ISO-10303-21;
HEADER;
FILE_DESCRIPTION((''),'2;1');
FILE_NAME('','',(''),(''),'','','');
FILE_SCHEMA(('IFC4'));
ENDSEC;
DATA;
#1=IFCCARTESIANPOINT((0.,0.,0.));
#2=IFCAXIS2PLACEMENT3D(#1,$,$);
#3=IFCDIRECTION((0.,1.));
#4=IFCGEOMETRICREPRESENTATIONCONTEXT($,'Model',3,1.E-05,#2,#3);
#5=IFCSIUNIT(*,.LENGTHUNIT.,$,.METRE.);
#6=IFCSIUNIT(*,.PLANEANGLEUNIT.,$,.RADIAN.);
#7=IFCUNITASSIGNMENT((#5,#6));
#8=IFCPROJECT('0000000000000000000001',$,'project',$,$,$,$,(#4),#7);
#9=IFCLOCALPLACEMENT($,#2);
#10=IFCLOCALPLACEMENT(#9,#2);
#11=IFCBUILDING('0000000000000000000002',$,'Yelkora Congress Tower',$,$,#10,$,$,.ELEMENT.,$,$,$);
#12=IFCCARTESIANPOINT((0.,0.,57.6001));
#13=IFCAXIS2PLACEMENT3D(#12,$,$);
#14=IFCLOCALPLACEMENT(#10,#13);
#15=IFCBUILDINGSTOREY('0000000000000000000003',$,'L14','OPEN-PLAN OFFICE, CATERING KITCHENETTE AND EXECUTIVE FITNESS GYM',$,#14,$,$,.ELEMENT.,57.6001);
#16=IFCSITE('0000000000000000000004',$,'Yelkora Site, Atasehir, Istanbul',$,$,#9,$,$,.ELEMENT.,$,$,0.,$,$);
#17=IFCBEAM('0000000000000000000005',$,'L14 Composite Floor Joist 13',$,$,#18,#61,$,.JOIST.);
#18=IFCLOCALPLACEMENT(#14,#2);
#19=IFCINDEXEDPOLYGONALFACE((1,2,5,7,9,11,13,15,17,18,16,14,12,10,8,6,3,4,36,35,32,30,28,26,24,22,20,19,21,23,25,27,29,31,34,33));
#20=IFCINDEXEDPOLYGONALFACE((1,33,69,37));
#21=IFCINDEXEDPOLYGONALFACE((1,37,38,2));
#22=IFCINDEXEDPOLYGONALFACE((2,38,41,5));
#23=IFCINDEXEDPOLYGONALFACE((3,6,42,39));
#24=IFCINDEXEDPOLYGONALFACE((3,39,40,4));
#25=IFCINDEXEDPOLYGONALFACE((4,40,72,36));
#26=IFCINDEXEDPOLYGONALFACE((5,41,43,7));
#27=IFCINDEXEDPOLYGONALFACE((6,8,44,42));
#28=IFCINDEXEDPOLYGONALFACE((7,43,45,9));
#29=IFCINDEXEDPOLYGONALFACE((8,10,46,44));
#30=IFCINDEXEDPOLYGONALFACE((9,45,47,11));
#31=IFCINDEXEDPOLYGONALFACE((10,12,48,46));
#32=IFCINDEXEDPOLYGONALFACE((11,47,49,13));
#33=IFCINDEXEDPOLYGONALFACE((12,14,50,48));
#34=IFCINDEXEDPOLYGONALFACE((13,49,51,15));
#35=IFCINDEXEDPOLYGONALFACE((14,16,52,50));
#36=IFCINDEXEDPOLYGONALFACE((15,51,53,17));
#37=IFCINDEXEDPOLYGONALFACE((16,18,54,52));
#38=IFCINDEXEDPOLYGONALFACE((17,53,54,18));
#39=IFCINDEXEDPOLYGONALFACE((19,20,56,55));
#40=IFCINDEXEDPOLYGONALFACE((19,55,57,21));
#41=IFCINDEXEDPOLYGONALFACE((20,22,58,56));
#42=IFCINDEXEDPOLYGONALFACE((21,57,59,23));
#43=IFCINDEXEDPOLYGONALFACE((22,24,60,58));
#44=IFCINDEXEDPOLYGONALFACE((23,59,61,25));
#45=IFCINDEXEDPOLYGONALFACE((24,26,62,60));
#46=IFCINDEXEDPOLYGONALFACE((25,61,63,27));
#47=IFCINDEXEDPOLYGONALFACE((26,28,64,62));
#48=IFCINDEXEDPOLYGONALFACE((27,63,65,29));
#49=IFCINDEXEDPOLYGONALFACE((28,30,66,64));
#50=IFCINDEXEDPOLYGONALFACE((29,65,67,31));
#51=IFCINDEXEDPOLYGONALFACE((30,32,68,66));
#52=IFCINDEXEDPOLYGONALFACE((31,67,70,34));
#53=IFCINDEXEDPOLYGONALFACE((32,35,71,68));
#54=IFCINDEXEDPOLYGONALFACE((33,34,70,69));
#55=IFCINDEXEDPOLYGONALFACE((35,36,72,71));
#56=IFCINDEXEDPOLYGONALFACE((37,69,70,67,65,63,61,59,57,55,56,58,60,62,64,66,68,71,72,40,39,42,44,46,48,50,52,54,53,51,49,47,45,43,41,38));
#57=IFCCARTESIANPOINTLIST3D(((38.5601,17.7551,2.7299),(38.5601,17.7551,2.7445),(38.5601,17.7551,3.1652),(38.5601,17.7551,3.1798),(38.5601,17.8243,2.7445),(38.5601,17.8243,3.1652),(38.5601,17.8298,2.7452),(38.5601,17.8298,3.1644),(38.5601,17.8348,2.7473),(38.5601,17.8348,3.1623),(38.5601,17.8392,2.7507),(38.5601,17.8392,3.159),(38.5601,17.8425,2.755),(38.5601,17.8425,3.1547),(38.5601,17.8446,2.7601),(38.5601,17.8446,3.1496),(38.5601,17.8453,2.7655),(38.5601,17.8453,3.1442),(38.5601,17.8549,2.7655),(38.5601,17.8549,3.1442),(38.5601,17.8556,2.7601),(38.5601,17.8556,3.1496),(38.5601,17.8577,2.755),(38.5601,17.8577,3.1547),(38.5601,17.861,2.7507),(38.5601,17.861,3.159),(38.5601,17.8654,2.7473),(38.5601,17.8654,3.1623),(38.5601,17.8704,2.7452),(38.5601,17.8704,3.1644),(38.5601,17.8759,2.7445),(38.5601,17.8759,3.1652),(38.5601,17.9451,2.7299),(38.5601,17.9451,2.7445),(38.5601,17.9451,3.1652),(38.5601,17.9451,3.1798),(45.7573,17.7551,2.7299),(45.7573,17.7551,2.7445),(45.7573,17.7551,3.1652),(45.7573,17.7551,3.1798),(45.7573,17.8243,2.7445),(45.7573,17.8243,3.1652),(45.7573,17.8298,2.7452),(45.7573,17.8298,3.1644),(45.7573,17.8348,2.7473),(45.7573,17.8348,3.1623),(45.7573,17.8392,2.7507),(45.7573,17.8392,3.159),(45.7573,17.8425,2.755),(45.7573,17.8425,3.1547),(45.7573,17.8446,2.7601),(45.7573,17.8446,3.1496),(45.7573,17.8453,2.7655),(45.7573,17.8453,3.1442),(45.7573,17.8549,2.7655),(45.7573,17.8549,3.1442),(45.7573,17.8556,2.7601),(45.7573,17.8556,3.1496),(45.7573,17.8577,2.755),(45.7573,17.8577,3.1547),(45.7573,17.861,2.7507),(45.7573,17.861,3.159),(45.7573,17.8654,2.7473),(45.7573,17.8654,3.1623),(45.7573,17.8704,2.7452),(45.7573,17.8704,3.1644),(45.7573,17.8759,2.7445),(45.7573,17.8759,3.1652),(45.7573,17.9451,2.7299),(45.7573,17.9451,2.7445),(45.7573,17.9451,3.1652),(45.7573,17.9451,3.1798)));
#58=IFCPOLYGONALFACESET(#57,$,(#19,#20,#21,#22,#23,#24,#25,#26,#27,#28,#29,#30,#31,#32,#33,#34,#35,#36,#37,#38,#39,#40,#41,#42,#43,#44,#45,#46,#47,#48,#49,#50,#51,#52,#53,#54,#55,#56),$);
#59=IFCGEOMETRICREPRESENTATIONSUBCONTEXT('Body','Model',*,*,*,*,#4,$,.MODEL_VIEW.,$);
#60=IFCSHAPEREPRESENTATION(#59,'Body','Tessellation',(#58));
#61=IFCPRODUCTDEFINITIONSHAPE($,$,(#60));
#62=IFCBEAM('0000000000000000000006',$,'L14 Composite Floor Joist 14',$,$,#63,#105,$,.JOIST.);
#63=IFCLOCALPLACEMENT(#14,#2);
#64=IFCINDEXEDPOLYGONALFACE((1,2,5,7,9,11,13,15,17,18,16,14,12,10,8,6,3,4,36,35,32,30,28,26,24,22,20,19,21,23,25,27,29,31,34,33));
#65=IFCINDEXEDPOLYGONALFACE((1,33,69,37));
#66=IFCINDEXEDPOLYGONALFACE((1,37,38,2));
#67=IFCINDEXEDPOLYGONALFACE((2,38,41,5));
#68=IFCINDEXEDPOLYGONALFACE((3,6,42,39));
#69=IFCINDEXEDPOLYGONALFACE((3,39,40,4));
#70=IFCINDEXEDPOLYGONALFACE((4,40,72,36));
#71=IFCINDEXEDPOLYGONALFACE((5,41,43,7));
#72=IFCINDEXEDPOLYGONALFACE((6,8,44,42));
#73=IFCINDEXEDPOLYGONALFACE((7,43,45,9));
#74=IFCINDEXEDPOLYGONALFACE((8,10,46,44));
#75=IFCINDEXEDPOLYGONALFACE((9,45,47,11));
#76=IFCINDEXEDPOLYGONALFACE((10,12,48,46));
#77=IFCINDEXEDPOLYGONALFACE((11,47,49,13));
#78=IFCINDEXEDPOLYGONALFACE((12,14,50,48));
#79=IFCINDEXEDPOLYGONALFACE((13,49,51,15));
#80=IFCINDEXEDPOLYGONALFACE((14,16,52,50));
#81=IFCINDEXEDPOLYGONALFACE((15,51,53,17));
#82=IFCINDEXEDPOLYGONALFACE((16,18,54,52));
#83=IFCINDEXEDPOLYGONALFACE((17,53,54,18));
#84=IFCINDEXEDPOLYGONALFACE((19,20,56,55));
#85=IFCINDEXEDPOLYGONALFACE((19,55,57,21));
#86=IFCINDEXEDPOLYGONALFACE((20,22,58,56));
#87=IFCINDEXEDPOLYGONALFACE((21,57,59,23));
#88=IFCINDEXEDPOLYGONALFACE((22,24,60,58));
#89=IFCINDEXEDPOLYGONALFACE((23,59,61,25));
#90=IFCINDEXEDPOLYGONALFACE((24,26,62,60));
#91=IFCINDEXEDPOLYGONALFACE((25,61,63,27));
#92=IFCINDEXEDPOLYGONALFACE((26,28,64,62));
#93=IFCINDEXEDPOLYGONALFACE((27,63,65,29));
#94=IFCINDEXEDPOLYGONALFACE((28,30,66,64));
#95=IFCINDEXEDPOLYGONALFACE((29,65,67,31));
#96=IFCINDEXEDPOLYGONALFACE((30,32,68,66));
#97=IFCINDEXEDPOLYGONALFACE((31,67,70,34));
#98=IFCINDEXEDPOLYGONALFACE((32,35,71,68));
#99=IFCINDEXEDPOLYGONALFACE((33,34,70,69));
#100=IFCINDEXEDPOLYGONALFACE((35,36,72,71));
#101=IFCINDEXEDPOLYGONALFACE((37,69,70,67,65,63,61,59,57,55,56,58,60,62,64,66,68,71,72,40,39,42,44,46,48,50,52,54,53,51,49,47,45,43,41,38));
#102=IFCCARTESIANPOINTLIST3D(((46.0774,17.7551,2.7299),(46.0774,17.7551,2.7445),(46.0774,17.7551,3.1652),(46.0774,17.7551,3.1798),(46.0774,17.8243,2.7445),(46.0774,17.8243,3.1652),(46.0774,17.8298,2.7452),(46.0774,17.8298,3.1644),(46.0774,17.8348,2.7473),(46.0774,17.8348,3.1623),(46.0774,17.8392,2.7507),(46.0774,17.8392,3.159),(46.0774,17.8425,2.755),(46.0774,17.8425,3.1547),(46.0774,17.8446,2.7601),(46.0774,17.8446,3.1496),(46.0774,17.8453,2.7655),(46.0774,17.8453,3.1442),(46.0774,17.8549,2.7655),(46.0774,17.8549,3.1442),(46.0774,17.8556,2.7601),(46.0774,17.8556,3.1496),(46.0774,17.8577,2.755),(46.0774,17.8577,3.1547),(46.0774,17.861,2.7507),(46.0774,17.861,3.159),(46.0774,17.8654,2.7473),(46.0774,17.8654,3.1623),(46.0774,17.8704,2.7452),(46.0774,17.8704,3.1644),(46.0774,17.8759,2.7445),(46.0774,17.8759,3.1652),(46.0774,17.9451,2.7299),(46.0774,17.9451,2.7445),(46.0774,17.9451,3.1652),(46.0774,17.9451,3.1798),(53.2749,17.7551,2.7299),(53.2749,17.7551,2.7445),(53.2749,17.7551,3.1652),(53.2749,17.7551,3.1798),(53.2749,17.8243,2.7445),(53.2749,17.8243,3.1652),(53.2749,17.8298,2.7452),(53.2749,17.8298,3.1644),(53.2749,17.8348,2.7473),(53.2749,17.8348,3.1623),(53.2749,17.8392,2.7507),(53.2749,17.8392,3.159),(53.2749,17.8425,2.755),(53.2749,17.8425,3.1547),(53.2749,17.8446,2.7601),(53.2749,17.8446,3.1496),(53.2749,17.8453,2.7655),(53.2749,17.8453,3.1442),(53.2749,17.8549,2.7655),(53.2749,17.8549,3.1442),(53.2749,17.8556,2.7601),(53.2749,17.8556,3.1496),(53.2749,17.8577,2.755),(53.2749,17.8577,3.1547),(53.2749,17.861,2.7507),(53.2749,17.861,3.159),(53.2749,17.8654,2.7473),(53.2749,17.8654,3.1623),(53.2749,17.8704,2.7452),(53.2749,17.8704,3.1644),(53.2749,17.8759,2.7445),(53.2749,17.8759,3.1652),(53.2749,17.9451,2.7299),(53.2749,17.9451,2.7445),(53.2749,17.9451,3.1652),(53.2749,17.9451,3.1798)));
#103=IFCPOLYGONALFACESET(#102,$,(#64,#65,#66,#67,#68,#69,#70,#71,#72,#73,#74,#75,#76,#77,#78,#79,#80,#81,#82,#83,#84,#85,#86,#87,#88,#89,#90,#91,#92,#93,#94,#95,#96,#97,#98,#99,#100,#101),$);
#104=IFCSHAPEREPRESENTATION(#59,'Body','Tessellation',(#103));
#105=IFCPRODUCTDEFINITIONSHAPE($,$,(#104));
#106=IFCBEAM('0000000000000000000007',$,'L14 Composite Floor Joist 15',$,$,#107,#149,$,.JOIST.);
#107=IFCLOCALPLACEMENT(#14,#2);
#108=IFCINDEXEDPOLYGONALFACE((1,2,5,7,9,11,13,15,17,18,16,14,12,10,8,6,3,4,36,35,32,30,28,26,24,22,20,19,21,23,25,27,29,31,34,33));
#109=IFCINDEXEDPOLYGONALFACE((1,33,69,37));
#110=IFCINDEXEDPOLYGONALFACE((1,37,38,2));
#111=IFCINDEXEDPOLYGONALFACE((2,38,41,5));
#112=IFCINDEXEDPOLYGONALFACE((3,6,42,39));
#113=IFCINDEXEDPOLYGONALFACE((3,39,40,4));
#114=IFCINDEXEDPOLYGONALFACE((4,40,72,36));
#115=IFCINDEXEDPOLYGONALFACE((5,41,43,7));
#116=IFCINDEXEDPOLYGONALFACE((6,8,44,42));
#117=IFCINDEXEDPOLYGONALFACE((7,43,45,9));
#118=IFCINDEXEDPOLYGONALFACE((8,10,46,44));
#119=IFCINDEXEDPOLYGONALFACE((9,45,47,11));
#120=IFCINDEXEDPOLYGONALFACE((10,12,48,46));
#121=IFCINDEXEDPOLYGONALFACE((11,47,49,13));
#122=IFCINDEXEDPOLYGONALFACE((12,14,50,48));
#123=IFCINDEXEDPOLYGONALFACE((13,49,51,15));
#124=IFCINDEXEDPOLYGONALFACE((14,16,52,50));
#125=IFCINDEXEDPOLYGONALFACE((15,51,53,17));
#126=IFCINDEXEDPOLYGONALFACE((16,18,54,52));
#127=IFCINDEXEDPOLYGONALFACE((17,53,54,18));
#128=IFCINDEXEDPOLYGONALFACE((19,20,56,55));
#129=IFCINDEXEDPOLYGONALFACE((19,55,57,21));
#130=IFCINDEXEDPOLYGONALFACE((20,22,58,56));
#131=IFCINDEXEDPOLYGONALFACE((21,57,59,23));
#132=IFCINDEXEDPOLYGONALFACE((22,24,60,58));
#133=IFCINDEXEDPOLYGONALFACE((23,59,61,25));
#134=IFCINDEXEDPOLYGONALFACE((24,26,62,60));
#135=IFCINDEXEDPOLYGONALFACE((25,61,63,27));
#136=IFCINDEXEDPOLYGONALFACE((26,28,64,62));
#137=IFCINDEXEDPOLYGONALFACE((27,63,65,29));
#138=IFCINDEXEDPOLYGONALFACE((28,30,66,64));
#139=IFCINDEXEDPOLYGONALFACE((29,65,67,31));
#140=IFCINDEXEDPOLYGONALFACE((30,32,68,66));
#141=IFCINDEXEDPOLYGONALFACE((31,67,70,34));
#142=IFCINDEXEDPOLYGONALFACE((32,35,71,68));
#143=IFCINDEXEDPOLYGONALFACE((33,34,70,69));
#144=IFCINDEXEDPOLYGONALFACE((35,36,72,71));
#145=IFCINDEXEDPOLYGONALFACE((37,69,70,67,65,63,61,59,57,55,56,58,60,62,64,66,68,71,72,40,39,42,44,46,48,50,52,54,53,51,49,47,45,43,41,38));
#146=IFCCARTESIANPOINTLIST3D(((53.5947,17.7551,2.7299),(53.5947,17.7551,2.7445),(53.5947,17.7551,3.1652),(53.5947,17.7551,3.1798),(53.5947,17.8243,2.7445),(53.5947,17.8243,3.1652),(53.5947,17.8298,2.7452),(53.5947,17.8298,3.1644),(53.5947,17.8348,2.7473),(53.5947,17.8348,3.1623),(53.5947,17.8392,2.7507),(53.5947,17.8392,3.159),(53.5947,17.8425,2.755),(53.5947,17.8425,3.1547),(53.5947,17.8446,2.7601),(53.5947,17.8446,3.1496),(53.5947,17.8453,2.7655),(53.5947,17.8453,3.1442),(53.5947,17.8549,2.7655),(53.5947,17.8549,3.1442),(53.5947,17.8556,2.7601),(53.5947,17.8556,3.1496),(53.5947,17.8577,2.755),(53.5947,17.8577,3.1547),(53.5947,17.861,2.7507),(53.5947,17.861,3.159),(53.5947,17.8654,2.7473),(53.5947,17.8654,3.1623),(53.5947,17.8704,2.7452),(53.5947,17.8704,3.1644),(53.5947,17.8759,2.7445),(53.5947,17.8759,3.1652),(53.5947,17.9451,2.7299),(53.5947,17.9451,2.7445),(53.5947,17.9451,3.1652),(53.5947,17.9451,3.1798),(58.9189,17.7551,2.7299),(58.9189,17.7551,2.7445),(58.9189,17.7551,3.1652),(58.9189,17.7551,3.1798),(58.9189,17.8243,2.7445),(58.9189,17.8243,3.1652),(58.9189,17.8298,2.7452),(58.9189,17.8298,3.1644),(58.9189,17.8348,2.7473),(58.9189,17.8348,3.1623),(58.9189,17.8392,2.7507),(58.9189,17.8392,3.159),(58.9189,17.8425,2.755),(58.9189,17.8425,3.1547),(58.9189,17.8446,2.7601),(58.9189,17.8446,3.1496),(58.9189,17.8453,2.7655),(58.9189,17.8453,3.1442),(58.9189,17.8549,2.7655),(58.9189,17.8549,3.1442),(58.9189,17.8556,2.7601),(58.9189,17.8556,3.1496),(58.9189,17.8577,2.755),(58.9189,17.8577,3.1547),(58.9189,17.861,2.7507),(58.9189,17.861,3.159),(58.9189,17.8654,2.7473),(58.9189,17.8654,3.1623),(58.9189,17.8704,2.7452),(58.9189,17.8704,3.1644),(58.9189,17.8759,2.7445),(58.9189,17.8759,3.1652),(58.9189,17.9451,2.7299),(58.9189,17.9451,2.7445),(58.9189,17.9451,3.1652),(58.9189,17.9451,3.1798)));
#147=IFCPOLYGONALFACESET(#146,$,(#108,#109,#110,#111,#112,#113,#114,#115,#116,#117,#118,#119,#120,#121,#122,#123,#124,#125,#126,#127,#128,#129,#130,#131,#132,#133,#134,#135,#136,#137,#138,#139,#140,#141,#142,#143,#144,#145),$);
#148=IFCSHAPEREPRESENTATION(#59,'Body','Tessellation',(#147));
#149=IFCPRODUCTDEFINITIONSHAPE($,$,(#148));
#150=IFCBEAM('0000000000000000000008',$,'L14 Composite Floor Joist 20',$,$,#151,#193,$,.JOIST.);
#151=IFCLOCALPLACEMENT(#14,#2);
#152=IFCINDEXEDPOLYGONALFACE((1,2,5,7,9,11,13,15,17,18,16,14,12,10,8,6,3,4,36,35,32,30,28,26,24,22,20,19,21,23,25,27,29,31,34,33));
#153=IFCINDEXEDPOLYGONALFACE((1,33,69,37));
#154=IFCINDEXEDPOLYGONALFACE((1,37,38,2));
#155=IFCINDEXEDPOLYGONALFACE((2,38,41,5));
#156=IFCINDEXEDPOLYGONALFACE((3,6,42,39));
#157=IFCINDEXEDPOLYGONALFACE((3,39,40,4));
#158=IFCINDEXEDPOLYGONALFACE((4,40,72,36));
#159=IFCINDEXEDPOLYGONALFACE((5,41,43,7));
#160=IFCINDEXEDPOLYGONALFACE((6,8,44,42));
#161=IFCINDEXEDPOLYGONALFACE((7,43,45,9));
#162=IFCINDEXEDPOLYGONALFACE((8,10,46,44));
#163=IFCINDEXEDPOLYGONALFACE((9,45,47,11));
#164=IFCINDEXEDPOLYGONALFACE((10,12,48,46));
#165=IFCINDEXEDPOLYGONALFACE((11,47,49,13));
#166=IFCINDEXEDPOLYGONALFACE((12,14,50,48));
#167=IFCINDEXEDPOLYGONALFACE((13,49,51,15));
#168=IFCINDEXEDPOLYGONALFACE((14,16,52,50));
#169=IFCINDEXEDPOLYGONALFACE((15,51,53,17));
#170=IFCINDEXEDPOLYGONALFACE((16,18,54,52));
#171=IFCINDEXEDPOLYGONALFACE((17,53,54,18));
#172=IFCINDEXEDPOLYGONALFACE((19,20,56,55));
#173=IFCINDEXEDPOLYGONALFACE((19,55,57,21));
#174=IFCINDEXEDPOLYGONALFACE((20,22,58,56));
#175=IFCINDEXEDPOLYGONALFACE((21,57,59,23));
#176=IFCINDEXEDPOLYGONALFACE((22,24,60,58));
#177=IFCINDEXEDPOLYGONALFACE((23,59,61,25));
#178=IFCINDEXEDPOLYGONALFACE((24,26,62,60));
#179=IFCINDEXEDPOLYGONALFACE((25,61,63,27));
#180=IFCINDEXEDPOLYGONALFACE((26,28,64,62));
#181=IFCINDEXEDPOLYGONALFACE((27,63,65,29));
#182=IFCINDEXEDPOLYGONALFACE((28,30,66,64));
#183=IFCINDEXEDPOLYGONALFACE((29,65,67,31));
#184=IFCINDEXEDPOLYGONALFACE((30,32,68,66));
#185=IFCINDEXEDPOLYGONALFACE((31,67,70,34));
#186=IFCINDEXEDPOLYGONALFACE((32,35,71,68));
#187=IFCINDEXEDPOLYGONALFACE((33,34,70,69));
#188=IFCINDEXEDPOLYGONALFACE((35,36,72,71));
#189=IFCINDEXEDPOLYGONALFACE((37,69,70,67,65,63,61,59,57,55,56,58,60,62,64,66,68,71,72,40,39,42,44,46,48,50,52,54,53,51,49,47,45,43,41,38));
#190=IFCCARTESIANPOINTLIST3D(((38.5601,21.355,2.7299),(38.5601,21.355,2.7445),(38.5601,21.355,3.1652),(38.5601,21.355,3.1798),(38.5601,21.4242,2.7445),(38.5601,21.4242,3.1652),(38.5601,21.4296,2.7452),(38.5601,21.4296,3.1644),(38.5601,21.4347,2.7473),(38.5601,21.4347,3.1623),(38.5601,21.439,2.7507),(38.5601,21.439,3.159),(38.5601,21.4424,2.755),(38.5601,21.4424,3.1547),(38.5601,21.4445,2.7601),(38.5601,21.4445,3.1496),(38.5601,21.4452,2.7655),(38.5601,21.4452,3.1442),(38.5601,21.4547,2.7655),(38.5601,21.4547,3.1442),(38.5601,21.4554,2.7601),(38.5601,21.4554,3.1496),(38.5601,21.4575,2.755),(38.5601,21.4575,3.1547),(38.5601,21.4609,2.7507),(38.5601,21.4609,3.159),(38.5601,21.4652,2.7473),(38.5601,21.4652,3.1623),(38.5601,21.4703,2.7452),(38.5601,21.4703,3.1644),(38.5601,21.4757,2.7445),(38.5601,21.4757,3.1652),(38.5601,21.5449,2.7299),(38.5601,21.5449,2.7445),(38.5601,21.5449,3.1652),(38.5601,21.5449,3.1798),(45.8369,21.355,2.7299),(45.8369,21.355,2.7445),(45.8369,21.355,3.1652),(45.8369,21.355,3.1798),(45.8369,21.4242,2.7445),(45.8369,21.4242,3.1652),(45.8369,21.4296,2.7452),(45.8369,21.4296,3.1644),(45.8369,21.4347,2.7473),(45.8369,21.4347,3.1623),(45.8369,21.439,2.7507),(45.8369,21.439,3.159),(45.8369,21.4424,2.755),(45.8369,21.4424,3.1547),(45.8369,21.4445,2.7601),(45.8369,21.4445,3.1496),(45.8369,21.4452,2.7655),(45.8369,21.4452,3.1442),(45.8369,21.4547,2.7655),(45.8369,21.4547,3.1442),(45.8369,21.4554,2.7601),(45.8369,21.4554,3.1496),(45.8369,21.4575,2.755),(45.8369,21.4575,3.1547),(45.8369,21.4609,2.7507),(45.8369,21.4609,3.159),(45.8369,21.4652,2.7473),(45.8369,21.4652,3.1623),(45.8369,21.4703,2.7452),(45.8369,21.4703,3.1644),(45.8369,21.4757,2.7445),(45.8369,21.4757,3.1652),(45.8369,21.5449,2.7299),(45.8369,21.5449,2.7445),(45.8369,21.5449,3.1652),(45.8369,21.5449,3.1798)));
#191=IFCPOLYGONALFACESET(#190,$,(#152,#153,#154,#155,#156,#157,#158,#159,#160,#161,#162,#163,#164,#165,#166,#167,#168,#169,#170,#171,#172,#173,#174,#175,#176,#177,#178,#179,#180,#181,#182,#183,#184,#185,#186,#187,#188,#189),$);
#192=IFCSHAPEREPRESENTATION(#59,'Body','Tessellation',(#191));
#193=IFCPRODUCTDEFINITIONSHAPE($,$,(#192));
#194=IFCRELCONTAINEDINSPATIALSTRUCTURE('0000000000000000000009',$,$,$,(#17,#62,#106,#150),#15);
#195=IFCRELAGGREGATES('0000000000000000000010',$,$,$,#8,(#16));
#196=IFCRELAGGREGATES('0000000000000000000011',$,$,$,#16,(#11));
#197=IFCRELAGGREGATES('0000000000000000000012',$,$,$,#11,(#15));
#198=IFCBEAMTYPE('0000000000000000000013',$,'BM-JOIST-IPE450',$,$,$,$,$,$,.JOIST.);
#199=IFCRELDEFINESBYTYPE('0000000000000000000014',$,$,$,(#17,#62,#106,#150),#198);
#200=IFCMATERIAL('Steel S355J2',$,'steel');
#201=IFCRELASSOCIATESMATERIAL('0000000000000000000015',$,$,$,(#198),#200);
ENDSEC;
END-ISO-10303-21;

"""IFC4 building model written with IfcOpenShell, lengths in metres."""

from ifc_helpers import new_model, si_unit, direction, frame, origin, origin_2d, place, context, subcontext, project, spatial, i_section, extrude, material, material_profile, profile_set, type_object, element, save


model = new_model("IFC4")

# Units and contexts
model_context = context("Model", 3, precision=1e-05, world=origin(), true_north=direction((0.0, 1.0)))
body_context = subcontext(model_context, "Body", "Model", "MODEL_VIEW")
ifc_project = project(units=[si_unit("LENGTHUNIT", "METRE"), si_unit("PLANEANGLEUNIT", "RADIAN")], contexts=[model_context])

# Site, building, storey
site_placement = place(None, origin())
site = spatial("IfcSite", under=ifc_project, at=site_placement, Name="Yelkora Site, Atasehir, Istanbul", CompositionType="ELEMENT", RefElevation=0.0)
building_placement = place(site_placement, origin())
building = spatial("IfcBuilding", under=site, at=building_placement, Name="Yelkora Congress Tower", CompositionType="ELEMENT")
storey_placement = place(building_placement, frame((0.0, 0.0, 57.6001)))
storey = spatial("IfcBuildingStorey", under=building, at=storey_placement, Name="L14", Description="OPEN-PLAN OFFICE, CATERING KITCHENETTE AND EXECUTIVE FITNESS GYM", CompositionType="ELEMENT", Elevation=57.6001)

# Beams
ifc_material_1 = material(Name="Steel S355J2", Category="steel")
ifc_material_profile_1 = material_profile(ifc_material_1, i_section(OverallWidth=0.1899, OverallDepth=0.45, WebThickness=0.0095, FlangeThickness=0.0146, FilletRadius=0.021, at=origin_2d()), Name="IPE 450")
ifc_profile_set_1 = profile_set([ifc_material_profile_1], Name="Steel S355J2")
beam_type_1 = type_object("IfcBeamType", Name="BM-JOIST-IPE450", PredefinedType="JOIST", material=ifc_profile_set_1)
beam_1_placement = place(storey_placement, frame((38.5601, 17.8501, 2.9548), z_axis=(1.0, 0.0, 0.0), x_axis=(0.0, 1.0, 0.0)))
element("IfcBeam", 1, at=beam_1_placement, inside=storey, type_object=beam_type_1, Name="L14 Composite Floor Joist 13", PredefinedType="JOIST", context=body_context, shape_type="SweptSolid", body=[
    extrude(i_section(OverallWidth=0.1899, OverallDepth=0.45, WebThickness=0.0095, FlangeThickness=0.0146, FilletRadius=0.021, at=origin_2d()), origin(), (0.0, 0.0, 1.0), 7.1973),
])
beam_2_placement = place(storey_placement, frame((46.0774, 17.8501, 2.9548), z_axis=(1.0, 0.0, 0.0), x_axis=(0.0, 1.0, 0.0)))
element("IfcBeam", 2, at=beam_2_placement, inside=storey, type_object=beam_type_1, Name="L14 Composite Floor Joist 14", PredefinedType="JOIST", context=body_context, shape_type="SweptSolid", body=[
    extrude(i_section(OverallWidth=0.1899, OverallDepth=0.45, WebThickness=0.0095, FlangeThickness=0.0146, FilletRadius=0.021, at=origin_2d()), origin(), (0.0, 0.0, 1.0), 7.1975),
])
beam_3_placement = place(storey_placement, frame((53.5947, 17.8501, 2.9548), z_axis=(1.0, 0.0, 0.0), x_axis=(0.0, 1.0, 0.0)))
element("IfcBeam", 3, at=beam_3_placement, inside=storey, type_object=beam_type_1, Name="L14 Composite Floor Joist 15", PredefinedType="JOIST", context=body_context, shape_type="SweptSolid", body=[
    extrude(i_section(OverallWidth=0.1899, OverallDepth=0.45, WebThickness=0.0095, FlangeThickness=0.0146, FilletRadius=0.021, at=origin_2d()), origin(), (0.0, 0.0, 1.0), 5.3242),
])
beam_4_placement = place(storey_placement, frame((38.5601, 21.45, 2.9548), z_axis=(1.0, 0.0, 0.0), x_axis=(0.0, 1.0, 0.0)))
element("IfcBeam", 4, at=beam_4_placement, inside=storey, type_object=beam_type_1, Name="L14 Composite Floor Joist 20", PredefinedType="JOIST", context=body_context, shape_type="SweptSolid", body=[
    extrude(i_section(OverallWidth=0.1899, OverallDepth=0.45, WebThickness=0.0095, FlangeThickness=0.0146, FilletRadius=0.021, at=origin_2d()), origin(), (0.0, 0.0, 1.0), 7.2769),
])

save(model, "model.ifc")
